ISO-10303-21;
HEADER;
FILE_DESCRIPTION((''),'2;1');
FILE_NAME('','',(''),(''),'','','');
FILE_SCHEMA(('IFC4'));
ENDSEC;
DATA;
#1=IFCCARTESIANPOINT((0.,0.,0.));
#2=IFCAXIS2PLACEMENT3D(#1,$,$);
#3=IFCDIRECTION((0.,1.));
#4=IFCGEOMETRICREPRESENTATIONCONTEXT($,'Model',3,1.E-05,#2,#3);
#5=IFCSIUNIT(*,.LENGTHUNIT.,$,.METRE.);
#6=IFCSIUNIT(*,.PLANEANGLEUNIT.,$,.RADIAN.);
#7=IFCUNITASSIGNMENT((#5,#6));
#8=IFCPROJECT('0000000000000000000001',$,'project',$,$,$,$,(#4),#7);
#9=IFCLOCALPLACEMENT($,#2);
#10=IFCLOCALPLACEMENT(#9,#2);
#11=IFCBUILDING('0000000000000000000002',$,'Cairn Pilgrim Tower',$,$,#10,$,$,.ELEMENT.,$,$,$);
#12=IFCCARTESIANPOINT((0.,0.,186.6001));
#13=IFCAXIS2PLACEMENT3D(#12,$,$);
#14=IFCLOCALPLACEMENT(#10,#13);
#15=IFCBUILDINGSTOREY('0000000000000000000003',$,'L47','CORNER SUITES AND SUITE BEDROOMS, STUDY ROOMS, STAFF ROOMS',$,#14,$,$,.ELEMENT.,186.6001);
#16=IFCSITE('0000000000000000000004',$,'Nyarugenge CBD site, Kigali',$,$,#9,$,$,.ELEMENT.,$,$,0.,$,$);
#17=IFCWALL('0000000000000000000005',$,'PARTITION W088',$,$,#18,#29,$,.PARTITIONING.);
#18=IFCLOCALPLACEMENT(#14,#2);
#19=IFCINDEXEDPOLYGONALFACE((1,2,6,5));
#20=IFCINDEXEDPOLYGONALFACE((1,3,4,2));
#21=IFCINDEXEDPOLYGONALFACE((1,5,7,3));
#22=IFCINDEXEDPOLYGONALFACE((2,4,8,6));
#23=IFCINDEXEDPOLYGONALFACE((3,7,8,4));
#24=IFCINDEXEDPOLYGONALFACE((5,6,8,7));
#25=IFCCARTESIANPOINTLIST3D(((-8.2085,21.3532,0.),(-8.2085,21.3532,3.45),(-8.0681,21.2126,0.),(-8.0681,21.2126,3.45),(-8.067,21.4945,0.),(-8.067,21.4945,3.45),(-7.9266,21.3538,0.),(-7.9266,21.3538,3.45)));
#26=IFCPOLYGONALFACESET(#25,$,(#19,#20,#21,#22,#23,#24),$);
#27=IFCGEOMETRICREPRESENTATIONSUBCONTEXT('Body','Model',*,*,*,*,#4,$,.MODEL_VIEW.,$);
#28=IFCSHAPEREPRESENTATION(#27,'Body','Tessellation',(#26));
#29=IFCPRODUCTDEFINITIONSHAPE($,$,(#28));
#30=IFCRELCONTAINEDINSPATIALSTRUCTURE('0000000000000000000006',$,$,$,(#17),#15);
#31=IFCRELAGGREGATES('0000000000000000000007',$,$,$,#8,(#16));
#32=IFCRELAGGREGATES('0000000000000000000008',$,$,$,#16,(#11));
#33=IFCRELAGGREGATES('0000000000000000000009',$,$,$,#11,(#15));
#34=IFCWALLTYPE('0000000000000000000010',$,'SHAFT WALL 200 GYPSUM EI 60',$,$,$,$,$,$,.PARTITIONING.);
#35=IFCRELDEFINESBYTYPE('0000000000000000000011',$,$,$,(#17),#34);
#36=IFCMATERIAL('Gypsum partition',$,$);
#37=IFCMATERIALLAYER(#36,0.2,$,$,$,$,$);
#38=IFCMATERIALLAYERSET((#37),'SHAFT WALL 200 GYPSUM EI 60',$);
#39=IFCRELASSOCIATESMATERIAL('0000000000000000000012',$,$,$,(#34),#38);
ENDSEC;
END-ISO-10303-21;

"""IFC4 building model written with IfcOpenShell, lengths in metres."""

from ifc_helpers import new_model, si_unit, direction, frame, frame_2d, origin, place, context, subcontext, project, spatial, rectangle, extrude, material, layer, layer_set, type_object, element, save


model = new_model("IFC4")

# Units and contexts
model_context = context("Model", 3, precision=1e-05, world=origin(), true_north=direction((0.0, 1.0)))
body_context = subcontext(model_context, "Body", "Model", "MODEL_VIEW")
ifc_project = project(units=[si_unit("LENGTHUNIT", "METRE"), si_unit("PLANEANGLEUNIT", "RADIAN")], contexts=[model_context])

# Site, building, storey
site_placement = place(None, origin())
site = spatial("IfcSite", under=ifc_project, at=site_placement, Name="Nyarugenge CBD site, Kigali", CompositionType="ELEMENT", RefElevation=0.0)
building_placement = place(site_placement, origin())
building = spatial("IfcBuilding", under=site, at=building_placement, Name="Cairn Pilgrim Tower", CompositionType="ELEMENT")
storey_placement = place(building_placement, frame((0.0, 0.0, 186.6001)))
storey = spatial("IfcBuildingStorey", under=building, at=storey_placement, Name="L47", Description="CORNER SUITES AND SUITE BEDROOMS, STUDY ROOMS, STAFF ROOMS", CompositionType="ELEMENT", Elevation=186.6001)

# Wall
ifc_material_1 = material(Name="Gypsum partition")
ifc_layer_1 = layer(ifc_material_1, 0.2)
ifc_layer_set_1 = layer_set([ifc_layer_1], Name="SHAFT WALL 200 GYPSUM EI 60")
wall_type_1 = type_object("IfcWallType", Name="SHAFT WALL 200 GYPSUM EI 60", PredefinedType="PARTITIONING", material=ifc_layer_set_1)
wall_1_placement = place(storey_placement, frame((-7.9973, 21.2832, 0.0), z_axis=(0.0, 0.0, 1.0), x_axis=(-0.706492, 0.707721, 0.0)))
element("IfcWall", 1, at=wall_1_placement, inside=storey, type_object=wall_type_1, Name="PARTITION W088", PredefinedType="PARTITIONING", context=body_context, shape_type="SweptSolid", body=[
    extrude(rectangle(XDim=0.1987, YDim=0.2, at=frame_2d((0.0994, 0.0))), origin(), (0.0, 0.0, 1.0), 3.45),
])

save(model, "model.ifc")
